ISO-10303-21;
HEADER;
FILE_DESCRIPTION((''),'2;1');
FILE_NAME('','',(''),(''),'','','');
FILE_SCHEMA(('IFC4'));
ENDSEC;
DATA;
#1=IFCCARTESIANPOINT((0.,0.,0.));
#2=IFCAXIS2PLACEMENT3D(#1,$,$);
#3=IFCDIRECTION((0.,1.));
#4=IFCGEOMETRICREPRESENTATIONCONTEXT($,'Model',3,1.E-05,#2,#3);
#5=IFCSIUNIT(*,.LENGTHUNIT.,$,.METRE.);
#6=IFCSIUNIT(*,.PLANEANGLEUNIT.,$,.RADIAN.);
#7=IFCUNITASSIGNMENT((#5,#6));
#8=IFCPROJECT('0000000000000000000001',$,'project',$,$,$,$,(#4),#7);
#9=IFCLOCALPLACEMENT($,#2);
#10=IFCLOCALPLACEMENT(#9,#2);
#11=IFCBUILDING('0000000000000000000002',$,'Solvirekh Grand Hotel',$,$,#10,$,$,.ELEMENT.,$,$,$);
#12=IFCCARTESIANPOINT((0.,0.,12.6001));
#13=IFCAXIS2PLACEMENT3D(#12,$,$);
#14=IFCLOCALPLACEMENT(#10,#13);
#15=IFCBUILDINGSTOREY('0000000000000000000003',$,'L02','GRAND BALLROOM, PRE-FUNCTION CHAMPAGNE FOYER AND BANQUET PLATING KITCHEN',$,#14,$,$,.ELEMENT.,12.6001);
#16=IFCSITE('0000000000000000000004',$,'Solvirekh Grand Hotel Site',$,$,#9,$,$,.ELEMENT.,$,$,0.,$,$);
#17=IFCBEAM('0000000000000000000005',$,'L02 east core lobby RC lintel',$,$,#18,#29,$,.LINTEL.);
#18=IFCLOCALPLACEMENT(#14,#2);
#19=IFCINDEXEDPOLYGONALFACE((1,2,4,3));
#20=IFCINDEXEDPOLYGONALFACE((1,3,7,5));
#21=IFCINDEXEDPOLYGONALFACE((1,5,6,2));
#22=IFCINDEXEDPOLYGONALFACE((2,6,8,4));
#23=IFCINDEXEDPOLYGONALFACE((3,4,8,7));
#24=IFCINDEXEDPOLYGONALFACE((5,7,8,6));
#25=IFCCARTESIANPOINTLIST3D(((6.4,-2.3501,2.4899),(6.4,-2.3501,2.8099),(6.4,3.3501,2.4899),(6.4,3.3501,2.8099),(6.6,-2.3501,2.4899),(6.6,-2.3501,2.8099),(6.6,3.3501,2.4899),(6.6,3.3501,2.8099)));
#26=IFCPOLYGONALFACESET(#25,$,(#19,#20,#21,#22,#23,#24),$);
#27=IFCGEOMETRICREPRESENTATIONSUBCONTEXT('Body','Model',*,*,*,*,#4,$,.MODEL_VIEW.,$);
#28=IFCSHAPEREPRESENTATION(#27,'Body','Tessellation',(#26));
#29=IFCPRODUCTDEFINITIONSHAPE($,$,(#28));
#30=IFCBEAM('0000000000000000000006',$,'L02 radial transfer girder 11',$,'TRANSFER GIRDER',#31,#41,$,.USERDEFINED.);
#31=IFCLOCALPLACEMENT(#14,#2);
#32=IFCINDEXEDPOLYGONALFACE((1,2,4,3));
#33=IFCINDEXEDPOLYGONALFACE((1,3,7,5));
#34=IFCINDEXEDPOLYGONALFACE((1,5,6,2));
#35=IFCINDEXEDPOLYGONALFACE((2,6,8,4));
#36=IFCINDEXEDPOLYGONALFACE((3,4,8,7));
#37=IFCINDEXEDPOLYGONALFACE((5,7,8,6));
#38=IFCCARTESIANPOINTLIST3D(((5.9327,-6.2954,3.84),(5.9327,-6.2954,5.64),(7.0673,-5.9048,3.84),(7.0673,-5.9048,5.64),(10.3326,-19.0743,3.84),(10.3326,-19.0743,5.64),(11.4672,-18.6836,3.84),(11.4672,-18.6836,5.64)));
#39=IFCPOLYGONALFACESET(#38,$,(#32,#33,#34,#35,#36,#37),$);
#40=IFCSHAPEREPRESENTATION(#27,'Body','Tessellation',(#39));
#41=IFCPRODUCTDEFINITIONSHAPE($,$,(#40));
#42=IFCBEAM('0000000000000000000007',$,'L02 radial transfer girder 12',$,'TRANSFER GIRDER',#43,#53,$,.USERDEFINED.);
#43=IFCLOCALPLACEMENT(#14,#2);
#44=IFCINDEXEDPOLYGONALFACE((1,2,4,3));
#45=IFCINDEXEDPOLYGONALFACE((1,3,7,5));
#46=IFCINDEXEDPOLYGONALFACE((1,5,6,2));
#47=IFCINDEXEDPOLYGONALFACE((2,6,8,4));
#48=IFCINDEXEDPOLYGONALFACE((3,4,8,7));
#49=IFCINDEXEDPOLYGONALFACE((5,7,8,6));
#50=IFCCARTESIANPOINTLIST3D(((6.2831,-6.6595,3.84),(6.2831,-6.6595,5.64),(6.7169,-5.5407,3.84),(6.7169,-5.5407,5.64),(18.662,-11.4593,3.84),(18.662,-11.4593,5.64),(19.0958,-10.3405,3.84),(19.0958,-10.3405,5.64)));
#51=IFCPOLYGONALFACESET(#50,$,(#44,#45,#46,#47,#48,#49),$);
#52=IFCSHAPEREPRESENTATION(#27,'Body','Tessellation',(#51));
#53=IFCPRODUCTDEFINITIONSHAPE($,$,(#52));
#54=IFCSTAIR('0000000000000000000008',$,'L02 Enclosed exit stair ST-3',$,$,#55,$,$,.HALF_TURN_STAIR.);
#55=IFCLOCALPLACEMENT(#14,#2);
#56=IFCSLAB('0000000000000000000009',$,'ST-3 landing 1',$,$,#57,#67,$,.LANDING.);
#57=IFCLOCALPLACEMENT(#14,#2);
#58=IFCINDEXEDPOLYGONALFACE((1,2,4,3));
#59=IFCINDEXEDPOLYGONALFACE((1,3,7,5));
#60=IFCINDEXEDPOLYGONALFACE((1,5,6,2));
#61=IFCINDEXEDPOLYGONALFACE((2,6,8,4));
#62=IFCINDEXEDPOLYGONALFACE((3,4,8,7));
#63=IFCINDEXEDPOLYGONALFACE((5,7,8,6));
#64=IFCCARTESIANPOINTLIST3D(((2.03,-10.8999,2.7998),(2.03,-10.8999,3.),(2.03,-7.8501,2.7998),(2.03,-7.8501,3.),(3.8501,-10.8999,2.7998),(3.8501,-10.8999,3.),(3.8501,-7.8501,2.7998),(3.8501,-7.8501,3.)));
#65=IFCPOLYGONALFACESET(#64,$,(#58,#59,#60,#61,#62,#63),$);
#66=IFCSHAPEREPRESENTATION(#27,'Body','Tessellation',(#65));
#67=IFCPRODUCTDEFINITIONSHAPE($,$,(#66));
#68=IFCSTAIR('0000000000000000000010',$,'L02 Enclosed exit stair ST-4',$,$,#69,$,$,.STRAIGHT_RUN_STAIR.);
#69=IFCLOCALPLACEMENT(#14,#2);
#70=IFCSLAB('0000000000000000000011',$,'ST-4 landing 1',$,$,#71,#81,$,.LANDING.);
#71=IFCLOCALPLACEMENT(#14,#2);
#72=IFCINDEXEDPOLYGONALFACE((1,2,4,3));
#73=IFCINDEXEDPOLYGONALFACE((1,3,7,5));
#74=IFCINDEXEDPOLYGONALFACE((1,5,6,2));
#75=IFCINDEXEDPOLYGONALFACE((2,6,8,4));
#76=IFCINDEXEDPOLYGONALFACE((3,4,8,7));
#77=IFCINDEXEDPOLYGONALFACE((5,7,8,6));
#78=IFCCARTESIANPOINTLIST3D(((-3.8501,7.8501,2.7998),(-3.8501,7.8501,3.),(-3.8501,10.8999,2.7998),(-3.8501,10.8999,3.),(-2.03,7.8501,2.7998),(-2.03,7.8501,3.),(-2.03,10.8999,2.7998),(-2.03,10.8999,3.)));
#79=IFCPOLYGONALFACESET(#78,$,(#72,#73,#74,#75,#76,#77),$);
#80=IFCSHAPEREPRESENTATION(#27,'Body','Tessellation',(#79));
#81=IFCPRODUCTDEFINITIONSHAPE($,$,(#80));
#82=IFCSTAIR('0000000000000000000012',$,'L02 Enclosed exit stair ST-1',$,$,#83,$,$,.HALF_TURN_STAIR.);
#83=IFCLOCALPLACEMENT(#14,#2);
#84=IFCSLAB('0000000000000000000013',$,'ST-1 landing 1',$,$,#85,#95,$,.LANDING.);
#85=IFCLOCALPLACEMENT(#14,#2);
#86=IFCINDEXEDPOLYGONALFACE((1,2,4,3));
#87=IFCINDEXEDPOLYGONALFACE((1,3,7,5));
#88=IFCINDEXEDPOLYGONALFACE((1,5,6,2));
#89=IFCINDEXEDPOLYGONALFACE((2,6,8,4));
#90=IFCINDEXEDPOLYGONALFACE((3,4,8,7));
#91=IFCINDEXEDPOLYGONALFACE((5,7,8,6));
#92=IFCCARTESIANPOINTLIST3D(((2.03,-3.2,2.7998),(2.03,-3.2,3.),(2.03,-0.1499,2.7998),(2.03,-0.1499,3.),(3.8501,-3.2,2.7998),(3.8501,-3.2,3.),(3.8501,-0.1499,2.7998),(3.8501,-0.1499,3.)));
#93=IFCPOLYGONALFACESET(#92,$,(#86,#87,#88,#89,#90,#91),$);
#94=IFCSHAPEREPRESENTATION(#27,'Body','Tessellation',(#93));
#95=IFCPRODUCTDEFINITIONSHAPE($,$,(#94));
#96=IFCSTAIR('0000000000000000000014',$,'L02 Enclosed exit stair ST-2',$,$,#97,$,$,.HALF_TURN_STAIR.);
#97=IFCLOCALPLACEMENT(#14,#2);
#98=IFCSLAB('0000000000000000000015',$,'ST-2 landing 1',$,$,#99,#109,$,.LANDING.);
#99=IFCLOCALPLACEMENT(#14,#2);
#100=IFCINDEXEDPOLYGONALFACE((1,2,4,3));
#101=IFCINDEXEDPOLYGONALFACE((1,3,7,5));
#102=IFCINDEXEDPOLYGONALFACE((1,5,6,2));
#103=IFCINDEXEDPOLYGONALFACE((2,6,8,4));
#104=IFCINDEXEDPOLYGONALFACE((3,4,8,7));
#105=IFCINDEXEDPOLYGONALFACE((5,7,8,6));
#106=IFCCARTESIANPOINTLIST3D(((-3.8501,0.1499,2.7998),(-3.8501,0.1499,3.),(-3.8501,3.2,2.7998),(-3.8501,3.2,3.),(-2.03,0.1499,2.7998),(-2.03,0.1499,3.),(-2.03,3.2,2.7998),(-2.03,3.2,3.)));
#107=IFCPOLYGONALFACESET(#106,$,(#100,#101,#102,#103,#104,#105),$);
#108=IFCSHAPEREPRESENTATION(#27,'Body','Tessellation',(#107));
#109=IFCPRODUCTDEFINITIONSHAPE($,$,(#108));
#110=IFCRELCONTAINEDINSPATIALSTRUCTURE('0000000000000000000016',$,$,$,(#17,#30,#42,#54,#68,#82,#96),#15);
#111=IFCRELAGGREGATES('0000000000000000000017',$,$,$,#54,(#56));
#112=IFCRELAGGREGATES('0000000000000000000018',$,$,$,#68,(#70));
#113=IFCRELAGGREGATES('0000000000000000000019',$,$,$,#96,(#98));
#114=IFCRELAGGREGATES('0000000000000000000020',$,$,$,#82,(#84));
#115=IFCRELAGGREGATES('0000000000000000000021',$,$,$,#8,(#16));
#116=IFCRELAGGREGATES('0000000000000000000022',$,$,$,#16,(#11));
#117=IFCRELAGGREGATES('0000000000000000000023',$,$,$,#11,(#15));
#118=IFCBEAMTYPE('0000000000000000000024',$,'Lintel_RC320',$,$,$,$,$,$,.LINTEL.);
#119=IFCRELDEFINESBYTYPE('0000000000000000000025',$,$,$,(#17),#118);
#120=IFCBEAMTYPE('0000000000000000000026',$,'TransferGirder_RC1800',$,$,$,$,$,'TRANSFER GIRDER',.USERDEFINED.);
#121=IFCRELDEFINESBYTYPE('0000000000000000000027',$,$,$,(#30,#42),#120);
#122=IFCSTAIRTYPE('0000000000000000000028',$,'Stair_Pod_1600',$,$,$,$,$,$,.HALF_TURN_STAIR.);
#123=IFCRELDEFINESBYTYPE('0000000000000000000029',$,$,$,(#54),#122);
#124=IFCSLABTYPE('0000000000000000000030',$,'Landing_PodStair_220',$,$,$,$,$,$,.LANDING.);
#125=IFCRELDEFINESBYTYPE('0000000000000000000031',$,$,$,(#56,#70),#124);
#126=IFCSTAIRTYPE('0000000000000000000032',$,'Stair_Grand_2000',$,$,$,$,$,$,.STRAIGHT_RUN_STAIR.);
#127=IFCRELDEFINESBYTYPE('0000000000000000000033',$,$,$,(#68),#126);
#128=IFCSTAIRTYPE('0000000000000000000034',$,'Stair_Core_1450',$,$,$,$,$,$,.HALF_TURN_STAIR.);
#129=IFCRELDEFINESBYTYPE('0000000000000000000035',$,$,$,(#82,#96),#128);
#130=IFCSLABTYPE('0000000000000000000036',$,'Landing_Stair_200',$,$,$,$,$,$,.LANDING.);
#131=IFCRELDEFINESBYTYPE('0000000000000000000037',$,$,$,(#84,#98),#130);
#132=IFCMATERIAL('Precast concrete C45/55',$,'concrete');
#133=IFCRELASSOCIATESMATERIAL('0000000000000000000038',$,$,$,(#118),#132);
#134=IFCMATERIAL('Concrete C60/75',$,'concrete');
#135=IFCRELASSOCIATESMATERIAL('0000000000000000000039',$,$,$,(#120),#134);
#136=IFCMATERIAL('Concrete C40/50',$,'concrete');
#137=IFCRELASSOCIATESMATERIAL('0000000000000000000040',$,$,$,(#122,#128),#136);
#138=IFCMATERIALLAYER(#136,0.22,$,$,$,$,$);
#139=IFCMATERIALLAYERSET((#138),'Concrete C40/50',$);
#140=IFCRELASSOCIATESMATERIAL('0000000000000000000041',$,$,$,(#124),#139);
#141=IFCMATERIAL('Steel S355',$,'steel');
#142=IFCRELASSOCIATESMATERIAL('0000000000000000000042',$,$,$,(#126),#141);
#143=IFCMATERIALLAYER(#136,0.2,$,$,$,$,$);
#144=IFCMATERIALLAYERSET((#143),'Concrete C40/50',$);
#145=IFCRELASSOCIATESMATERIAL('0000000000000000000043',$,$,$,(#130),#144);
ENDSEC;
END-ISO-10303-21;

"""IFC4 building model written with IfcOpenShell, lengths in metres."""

from ifc_helpers import new_model, si_unit, direction, frame, origin, origin_2d, place, context, subcontext, project, spatial, polyline, rectangle, outline, extrude, material, layer, layer_set, material_profile, profile_set, type_object, element, aggregate, save


model = new_model("IFC4")

# Units and contexts
model_context = context("Model", 3, precision=1e-05, world=origin(), true_north=direction((0.0, 1.0)))
body_context = subcontext(model_context, "Body", "Model", "MODEL_VIEW")
ifc_project = project(units=[si_unit("LENGTHUNIT", "METRE"), si_unit("PLANEANGLEUNIT", "RADIAN")], contexts=[model_context])

# Site, building, storey
site_placement = place(None, origin())
site = spatial("IfcSite", under=ifc_project, at=site_placement, Name="Solvirekh Grand Hotel Site", CompositionType="ELEMENT", RefElevation=0.0)
building_placement = place(site_placement, origin())
building = spatial("IfcBuilding", under=site, at=building_placement, Name="Solvirekh Grand Hotel", CompositionType="ELEMENT")
storey_placement = place(building_placement, frame((0.0, 0.0, 12.6001)))
storey = spatial("IfcBuildingStorey", under=building, at=storey_placement, Name="L02", Description="GRAND BALLROOM, PRE-FUNCTION CHAMPAGNE FOYER AND BANQUET PLATING KITCHEN", CompositionType="ELEMENT", Elevation=12.6001)

# Beams
ifc_material_1 = material(Name="Precast concrete C45/55", Category="concrete")
ifc_material_profile_1 = material_profile(ifc_material_1, rectangle(XDim=0.2, YDim=0.3201, at=origin_2d()), Name="RC LINTEL 200X320")
ifc_profile_set_1 = profile_set([ifc_material_profile_1], Name="Precast concrete C45/55")
beam_type_1 = type_object("IfcBeamType", Name="Lintel_RC320", PredefinedType="LINTEL", material=ifc_profile_set_1)
beam_1_placement = place(storey_placement, frame((6.5, -2.3501, 2.6499), z_axis=(0.0, 1.0, 0.0), x_axis=(-1.0, 0.0, 0.0)))
element("IfcBeam", 1, at=beam_1_placement, inside=storey, type_object=beam_type_1, Name="L02 east core lobby RC lintel", PredefinedType="LINTEL", context=body_context, shape_type="SweptSolid", body=[
    extrude(rectangle(XDim=0.2, YDim=0.3201, at=origin_2d()), origin(), (0.0, 0.0, 1.0), 5.7002),
])
ifc_material_2 = material(Name="Concrete C60/75", Category="concrete")
ifc_material_profile_2 = material_profile(ifc_material_2, rectangle(XDim=1.2, YDim=1.8, at=origin_2d()), Name="RC GIRDER 1200X1800")
ifc_profile_set_2 = profile_set([ifc_material_profile_2], Name="Concrete C60/75")
beam_type_2 = type_object("IfcBeamType", Name="TransferGirder_RC1800", ElementType="TRANSFER GIRDER", PredefinedType="USERDEFINED", material=ifc_profile_set_2)
beam_2_placement = place(storey_placement, frame((6.5, -6.1001, 4.74), z_axis=(0.325555, -0.945523, 0.0), x_axis=(0.945523, 0.325555, 0.0)))
element("IfcBeam", 2, at=beam_2_placement, inside=storey, type_object=beam_type_2, Name="L02 radial transfer girder 11", ObjectType="TRANSFER GIRDER", PredefinedType="USERDEFINED", context=body_context, shape_type="SweptSolid", body=[
    extrude(rectangle(XDim=1.2, YDim=1.8, at=origin_2d()), origin(), (0.0, 0.0, 1.0), 13.5151),
])
beam_3_placement = place(storey_placement, frame((6.5, -6.1001, 4.74), z_axis=(0.932366, -0.361516, 0.0), x_axis=(0.361516, 0.932366, 0.0)))
element("IfcBeam", 3, at=beam_3_placement, inside=storey, type_object=beam_type_2, Name="L02 radial transfer girder 12", ObjectType="TRANSFER GIRDER", PredefinedType="USERDEFINED", context=body_context, shape_type="SweptSolid", body=[
    extrude(rectangle(XDim=1.2, YDim=1.8, at=origin_2d()), origin(), (0.0, 0.0, 1.0), 13.2769),
])

# Stairs, slabs
ifc_material_3 = material(Name="Concrete C40/50", Category="concrete")
stair_type_1 = type_object("IfcStairType", Name="Stair_Pod_1600", PredefinedType="HALF_TURN_STAIR", material=ifc_material_3)
stair_1_placement = place(storey_placement, origin())
stair_1 = element("IfcStair", 4, at=stair_1_placement, inside=storey, type_object=stair_type_1, Name="L02 Enclosed exit stair ST-3", PredefinedType="HALF_TURN_STAIR")
ifc_layer_1 = layer(ifc_material_3, 0.22)
ifc_layer_set_1 = layer_set([ifc_layer_1], Name="Concrete C40/50")
slab_type_1 = type_object("IfcSlabType", Name="Landing_PodStair_220", PredefinedType="LANDING", material=ifc_layer_set_1)
slab_1_placement = place(storey_placement, frame((0.0, 0.0, 2.7998)))
slab_1 = element("IfcSlab", 5, at=slab_1_placement, type_object=slab_type_1, Name="ST-3 landing 1", PredefinedType="LANDING", context=body_context, shape_type="SweptSolid", body=[
    extrude(outline(polyline([(2.03, -10.8999), (3.8501, -10.8999), (3.8501, -7.8501), (2.03, -7.8501), (2.03, -10.8999)])), origin(), (0.0, 0.0, 1.0), 0.2002),
])
aggregate(stair_1, [slab_1])
ifc_material_4 = material(Name="Steel S355", Category="steel")
stair_type_2 = type_object("IfcStairType", Name="Stair_Grand_2000", PredefinedType="STRAIGHT_RUN_STAIR", material=ifc_material_4)
stair_2_placement = place(storey_placement, origin())
stair_2 = element("IfcStair", 6, at=stair_2_placement, inside=storey, type_object=stair_type_2, Name="L02 Enclosed exit stair ST-4", PredefinedType="STRAIGHT_RUN_STAIR")
slab_2_placement = place(storey_placement, frame((0.0, 0.0, 2.7998)))
slab_2 = element("IfcSlab", 7, at=slab_2_placement, type_object=slab_type_1, Name="ST-4 landing 1", PredefinedType="LANDING", context=body_context, shape_type="SweptSolid", body=[
    extrude(outline(polyline([(-2.03, 10.8999), (-3.8501, 10.8999), (-3.8501, 7.8501), (-2.03, 7.8501), (-2.03, 10.8999)])), origin(), (0.0, 0.0, 1.0), 0.2002),
])
aggregate(stair_2, [slab_2])
stair_type_3 = type_object("IfcStairType", Name="Stair_Core_1450", PredefinedType="HALF_TURN_STAIR", material=ifc_material_3)
stair_3_placement = place(storey_placement, origin())
stair_3 = element("IfcStair", 8, at=stair_3_placement, inside=storey, type_object=stair_type_3, Name="L02 Enclosed exit stair ST-1", PredefinedType="HALF_TURN_STAIR")
ifc_layer_2 = layer(ifc_material_3, 0.2)
ifc_layer_set_2 = layer_set([ifc_layer_2], Name="Concrete C40/50")
slab_type_2 = type_object("IfcSlabType", Name="Landing_Stair_200", PredefinedType="LANDING", material=ifc_layer_set_2)
slab_3_placement = place(storey_placement, frame((0.0, 0.0, 2.7998)))
slab_3 = element("IfcSlab", 9, at=slab_3_placement, type_object=slab_type_2, Name="ST-1 landing 1", PredefinedType="LANDING", context=body_context, shape_type="SweptSolid", body=[
    extrude(outline(polyline([(2.03, -3.2), (3.8501, -3.2), (3.8501, -0.1499), (2.03, -0.1499), (2.03, -3.2)])), origin(), (0.0, 0.0, 1.0), 0.2002),
])
stair_4_placement = place(storey_placement, origin())
stair_4 = element("IfcStair", 10, at=stair_4_placement, inside=storey, type_object=stair_type_3, Name="L02 Enclosed exit stair ST-2", PredefinedType="HALF_TURN_STAIR")
slab_4_placement = place(storey_placement, frame((0.0, 0.0, 2.7998)))
slab_4 = element("IfcSlab", 11, at=slab_4_placement, type_object=slab_type_2, Name="ST-2 landing 1", PredefinedType="LANDING", context=body_context, shape_type="SweptSolid", body=[
    extrude(outline(polyline([(-2.03, 3.2), (-3.8501, 3.2), (-3.8501, 0.1499), (-2.03, 0.1499), (-2.03, 3.2)])), origin(), (0.0, 0.0, 1.0), 0.2002),
])
aggregate(stair_4, [slab_4])

aggregate(stair_3, [slab_3])

save(model, "model.ifc")
